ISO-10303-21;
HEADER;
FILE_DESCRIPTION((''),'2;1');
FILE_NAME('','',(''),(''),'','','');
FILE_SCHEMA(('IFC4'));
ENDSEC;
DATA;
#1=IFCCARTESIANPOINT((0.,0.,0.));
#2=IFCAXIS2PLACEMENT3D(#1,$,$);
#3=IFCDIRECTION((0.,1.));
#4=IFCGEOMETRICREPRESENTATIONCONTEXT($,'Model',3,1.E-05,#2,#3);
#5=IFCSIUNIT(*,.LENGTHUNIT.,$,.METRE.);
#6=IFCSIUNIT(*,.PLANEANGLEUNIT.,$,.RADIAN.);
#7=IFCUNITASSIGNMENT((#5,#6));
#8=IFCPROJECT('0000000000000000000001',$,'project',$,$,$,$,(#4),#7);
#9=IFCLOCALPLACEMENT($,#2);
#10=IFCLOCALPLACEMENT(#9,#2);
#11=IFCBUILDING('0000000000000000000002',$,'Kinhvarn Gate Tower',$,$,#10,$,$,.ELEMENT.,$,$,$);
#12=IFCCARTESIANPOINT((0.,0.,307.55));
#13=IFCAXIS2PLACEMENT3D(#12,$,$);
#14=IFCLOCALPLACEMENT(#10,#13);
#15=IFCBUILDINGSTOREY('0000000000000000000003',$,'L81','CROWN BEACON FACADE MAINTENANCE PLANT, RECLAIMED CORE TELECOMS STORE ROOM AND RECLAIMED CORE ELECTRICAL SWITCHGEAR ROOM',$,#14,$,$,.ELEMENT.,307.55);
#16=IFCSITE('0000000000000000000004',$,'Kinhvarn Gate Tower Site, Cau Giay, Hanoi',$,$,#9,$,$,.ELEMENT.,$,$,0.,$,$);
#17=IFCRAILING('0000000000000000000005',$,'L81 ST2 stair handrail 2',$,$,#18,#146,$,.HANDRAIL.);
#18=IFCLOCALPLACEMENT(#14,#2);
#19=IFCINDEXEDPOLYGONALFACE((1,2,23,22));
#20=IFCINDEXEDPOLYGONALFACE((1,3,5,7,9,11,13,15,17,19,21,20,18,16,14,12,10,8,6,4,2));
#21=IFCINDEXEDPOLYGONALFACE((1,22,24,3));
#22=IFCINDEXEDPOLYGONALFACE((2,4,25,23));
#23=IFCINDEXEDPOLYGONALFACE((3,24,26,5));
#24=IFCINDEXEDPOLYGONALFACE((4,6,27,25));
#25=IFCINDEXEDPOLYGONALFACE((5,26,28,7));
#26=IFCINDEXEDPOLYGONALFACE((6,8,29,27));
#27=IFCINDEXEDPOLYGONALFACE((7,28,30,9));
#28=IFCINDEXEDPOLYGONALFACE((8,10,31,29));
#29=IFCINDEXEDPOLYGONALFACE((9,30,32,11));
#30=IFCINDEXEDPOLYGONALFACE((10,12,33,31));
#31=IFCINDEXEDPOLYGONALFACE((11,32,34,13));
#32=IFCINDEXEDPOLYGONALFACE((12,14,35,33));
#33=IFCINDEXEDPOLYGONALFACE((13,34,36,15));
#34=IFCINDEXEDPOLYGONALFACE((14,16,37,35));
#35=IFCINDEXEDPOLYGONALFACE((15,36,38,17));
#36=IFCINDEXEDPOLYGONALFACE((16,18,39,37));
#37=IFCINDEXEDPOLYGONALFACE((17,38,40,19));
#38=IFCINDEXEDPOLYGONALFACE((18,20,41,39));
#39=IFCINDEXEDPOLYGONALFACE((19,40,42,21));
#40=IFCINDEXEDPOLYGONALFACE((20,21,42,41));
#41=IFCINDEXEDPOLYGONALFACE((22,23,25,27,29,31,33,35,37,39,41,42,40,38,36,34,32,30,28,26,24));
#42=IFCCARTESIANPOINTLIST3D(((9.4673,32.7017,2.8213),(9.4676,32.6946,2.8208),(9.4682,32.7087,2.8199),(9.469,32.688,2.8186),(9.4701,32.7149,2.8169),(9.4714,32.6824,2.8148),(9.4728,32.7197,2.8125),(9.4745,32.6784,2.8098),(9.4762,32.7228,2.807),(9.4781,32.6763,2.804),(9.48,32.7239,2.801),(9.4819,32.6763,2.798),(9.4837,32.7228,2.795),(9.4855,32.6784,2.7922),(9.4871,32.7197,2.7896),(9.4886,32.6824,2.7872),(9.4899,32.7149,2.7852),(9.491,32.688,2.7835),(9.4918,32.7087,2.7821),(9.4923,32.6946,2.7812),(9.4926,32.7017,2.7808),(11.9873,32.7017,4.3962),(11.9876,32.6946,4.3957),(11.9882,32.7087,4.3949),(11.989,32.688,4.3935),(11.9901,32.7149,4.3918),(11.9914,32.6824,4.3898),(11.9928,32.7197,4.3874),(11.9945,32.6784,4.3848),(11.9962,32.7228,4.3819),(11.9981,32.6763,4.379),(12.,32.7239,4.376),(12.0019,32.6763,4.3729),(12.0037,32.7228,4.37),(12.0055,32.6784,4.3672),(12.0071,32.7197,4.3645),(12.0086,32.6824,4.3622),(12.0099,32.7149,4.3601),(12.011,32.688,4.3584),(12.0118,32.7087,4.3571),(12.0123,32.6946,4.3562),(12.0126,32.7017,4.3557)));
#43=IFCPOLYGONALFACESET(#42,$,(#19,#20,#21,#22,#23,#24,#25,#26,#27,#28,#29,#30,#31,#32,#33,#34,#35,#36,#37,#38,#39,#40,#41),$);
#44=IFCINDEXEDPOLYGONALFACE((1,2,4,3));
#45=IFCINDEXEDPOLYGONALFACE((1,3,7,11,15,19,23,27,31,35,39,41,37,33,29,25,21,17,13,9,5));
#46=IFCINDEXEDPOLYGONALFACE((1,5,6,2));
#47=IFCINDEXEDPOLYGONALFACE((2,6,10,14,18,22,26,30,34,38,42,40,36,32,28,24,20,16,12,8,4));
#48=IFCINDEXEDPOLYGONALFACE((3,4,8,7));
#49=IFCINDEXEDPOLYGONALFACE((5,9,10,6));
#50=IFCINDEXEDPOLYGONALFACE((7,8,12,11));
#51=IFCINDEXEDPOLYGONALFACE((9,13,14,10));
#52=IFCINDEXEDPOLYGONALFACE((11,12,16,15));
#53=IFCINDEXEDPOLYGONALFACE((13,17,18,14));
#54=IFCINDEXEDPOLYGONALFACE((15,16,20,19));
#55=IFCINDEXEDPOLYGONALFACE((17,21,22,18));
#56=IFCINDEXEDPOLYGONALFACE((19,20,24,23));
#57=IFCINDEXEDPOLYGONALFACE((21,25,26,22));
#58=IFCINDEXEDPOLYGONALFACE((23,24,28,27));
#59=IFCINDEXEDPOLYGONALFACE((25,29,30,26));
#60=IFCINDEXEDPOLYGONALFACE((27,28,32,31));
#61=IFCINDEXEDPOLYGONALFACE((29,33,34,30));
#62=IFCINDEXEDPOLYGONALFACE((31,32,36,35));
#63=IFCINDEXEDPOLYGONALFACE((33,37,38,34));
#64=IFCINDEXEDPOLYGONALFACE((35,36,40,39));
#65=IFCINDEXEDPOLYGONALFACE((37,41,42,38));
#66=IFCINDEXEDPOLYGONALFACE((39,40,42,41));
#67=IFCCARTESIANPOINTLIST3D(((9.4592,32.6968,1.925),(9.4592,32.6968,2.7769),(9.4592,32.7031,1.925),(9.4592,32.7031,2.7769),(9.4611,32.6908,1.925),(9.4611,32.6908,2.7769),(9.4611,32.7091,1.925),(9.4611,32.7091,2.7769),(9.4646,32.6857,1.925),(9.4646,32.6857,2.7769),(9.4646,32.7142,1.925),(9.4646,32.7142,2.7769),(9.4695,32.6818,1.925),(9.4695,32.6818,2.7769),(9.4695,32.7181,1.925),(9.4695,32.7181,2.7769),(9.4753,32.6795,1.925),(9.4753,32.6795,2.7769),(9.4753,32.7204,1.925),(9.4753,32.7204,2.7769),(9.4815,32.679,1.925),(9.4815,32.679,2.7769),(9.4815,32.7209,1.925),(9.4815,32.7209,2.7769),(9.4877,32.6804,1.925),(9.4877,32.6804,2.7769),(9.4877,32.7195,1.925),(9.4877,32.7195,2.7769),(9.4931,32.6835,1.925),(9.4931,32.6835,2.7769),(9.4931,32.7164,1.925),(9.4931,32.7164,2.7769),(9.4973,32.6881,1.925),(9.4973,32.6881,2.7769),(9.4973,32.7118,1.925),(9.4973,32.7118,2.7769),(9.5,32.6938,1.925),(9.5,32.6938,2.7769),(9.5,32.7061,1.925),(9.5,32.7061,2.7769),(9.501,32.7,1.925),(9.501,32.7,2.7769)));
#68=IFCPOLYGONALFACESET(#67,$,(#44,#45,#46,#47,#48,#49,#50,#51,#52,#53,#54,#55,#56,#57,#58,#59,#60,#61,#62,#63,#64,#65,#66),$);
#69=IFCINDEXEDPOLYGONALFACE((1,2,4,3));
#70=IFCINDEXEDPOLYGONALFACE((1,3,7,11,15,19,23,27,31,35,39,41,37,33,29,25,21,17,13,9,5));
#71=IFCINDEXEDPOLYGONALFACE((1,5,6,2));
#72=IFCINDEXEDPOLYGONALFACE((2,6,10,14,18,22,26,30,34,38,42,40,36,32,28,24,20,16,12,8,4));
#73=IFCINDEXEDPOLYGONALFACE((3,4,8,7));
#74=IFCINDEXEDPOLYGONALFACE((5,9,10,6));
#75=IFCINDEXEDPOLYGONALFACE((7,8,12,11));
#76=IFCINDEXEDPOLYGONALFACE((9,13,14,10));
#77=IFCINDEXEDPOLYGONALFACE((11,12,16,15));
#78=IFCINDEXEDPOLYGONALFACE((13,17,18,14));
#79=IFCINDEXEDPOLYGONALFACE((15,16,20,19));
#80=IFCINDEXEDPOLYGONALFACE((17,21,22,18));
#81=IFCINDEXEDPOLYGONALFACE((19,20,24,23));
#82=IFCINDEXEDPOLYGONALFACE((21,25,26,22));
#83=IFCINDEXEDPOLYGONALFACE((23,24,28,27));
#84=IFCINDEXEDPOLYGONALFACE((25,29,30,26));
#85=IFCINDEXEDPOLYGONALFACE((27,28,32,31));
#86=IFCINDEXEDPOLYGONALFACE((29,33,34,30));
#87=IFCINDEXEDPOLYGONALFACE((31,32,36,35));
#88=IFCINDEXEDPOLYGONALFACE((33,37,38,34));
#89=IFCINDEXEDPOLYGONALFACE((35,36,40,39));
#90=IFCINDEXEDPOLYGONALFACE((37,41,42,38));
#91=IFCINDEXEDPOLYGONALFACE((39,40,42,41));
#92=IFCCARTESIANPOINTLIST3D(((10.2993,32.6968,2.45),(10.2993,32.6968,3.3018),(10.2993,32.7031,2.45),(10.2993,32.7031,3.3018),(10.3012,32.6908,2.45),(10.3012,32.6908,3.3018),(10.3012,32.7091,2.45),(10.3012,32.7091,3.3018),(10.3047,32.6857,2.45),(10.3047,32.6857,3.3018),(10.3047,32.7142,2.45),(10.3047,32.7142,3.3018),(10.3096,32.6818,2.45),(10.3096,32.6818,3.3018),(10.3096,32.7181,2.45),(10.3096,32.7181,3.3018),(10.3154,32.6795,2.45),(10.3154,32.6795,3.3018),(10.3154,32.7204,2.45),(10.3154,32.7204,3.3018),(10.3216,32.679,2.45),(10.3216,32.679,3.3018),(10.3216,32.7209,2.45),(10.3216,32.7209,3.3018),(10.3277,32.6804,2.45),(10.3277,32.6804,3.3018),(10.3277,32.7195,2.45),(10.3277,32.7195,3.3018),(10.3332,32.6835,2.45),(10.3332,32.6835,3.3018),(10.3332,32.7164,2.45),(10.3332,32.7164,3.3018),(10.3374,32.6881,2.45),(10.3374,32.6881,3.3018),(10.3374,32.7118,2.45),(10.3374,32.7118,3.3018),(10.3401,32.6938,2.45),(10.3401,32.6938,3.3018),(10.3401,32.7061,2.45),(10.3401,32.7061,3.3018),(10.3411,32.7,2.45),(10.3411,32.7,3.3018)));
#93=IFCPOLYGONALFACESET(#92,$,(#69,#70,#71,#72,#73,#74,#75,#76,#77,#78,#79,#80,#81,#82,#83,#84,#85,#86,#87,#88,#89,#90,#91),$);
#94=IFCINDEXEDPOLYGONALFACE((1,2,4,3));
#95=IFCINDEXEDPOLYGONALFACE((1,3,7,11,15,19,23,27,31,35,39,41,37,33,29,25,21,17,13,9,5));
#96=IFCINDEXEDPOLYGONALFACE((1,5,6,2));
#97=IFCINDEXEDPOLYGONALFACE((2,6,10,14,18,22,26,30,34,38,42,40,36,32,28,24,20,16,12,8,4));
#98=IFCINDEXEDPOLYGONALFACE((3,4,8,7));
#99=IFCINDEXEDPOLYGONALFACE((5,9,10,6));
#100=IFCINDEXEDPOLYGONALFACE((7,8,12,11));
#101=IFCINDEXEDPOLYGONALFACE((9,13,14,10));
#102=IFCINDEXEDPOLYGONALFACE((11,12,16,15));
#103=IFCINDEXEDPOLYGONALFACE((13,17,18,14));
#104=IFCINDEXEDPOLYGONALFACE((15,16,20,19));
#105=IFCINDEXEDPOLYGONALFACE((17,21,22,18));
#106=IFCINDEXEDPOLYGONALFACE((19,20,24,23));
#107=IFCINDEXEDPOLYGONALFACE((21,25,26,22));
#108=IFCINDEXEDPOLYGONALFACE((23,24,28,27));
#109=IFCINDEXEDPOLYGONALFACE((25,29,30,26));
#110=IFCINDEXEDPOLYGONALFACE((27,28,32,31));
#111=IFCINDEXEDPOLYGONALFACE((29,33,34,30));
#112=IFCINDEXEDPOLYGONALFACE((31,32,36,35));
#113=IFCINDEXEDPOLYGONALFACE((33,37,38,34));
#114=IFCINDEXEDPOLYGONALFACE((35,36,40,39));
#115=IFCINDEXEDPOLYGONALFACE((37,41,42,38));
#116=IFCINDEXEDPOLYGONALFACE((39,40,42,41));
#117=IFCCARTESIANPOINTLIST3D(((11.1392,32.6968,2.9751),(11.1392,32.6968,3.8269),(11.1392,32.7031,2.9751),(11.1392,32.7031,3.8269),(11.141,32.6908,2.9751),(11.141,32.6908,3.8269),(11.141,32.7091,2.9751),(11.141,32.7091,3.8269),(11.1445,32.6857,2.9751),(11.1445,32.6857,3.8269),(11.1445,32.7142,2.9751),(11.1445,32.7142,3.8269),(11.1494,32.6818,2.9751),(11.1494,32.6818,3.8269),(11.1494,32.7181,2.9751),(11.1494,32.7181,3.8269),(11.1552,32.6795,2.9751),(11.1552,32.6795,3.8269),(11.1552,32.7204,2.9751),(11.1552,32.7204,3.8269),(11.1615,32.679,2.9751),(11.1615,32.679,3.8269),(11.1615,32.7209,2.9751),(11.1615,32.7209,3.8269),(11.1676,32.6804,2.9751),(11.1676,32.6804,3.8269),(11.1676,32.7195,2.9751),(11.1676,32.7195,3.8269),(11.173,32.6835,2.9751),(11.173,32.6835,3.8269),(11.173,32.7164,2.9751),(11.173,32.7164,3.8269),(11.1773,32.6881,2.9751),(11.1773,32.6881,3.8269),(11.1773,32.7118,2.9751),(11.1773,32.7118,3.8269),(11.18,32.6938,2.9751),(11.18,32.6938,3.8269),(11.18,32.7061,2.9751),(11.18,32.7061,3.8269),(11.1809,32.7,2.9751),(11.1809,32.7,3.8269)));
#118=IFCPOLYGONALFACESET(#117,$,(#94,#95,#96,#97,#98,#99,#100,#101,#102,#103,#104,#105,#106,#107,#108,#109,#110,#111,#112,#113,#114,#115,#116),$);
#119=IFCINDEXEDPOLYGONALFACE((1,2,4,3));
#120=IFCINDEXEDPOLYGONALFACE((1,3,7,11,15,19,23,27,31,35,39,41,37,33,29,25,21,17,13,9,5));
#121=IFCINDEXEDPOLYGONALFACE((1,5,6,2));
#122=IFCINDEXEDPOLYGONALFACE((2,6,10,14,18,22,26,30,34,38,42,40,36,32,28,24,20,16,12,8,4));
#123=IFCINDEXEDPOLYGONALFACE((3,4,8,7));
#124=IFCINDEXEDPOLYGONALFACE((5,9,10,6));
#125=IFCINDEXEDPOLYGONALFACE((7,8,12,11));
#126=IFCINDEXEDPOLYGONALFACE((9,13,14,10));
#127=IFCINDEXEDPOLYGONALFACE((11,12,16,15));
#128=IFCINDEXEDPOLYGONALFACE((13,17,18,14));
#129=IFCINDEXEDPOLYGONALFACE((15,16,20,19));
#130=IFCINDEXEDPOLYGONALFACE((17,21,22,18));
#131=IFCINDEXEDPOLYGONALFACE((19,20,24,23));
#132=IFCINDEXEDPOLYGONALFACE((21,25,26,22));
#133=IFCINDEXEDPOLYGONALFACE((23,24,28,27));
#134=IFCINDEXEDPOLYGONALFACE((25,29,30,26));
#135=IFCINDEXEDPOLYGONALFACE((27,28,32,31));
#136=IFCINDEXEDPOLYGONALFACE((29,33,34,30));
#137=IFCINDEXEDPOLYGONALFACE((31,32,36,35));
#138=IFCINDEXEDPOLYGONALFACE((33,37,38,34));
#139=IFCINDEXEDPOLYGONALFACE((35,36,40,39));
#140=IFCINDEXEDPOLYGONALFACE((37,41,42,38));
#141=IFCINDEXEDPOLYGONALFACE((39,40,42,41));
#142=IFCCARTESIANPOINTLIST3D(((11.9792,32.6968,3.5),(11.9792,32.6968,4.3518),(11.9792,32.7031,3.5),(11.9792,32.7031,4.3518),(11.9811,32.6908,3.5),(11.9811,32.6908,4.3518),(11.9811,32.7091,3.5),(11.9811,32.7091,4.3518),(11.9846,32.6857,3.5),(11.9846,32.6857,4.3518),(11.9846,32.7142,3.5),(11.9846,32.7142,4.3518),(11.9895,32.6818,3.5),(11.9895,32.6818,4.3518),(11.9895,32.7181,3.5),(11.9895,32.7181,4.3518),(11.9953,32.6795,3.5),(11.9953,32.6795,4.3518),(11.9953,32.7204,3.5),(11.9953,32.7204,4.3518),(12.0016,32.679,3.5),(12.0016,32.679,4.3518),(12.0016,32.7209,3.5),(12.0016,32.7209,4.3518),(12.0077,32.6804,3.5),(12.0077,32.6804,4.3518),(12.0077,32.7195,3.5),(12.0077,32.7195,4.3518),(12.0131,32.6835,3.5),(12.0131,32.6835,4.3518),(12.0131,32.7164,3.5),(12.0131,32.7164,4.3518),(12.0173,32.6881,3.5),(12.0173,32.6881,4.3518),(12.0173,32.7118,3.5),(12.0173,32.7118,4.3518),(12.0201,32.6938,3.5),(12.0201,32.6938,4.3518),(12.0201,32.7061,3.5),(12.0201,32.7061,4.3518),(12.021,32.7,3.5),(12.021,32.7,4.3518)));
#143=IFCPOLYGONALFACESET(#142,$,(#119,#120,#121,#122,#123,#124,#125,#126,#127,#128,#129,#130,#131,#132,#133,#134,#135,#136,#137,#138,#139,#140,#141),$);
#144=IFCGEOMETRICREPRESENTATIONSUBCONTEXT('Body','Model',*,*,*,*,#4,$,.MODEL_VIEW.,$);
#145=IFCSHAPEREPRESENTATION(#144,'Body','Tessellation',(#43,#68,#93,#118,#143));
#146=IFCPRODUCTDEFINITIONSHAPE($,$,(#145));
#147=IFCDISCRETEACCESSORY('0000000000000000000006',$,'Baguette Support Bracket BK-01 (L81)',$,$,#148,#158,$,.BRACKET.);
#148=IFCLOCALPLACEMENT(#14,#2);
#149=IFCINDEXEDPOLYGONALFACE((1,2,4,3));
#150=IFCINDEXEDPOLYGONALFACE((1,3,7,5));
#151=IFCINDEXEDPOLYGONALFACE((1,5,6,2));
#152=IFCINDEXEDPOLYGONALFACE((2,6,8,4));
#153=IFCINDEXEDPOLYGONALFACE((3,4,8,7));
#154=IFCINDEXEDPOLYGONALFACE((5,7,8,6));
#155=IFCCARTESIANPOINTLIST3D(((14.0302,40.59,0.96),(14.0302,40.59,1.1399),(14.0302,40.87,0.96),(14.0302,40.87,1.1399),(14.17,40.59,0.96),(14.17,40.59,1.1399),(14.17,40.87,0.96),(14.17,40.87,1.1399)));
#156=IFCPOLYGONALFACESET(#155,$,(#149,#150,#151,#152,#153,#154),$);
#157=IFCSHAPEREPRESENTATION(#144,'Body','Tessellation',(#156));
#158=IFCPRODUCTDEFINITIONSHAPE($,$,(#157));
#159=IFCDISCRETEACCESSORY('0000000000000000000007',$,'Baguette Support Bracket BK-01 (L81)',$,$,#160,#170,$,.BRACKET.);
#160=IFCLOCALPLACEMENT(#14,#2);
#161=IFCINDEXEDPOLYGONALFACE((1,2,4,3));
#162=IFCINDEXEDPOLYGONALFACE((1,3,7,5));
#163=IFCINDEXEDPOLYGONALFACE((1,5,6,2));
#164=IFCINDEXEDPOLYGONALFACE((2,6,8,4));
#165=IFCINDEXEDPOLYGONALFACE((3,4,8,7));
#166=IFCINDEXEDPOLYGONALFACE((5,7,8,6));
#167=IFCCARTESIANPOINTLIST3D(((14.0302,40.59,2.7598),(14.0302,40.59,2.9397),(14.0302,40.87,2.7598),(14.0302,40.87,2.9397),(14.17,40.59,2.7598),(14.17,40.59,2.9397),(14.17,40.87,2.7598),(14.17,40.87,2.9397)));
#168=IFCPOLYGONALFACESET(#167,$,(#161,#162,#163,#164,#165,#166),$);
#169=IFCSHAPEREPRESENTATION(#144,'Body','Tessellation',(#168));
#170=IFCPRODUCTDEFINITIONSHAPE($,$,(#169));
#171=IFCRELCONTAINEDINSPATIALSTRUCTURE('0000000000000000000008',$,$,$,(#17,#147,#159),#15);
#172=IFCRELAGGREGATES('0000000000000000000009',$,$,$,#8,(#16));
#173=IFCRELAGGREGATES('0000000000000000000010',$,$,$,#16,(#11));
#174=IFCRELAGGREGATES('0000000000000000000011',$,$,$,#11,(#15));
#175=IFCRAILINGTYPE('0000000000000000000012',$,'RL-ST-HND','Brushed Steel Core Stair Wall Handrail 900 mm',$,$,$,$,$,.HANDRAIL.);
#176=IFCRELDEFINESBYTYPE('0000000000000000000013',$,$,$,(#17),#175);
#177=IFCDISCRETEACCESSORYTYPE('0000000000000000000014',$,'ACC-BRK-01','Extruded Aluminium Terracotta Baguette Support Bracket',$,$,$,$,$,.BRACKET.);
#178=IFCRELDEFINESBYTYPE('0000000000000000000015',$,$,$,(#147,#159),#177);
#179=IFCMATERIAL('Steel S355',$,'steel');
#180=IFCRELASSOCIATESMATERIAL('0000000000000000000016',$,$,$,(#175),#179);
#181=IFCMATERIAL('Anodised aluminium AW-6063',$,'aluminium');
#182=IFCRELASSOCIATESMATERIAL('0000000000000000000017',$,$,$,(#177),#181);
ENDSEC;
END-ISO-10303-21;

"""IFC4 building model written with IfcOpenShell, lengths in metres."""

from ifc_helpers import new_model, si_unit, direction, frame, origin, origin_2d, place, context, subcontext, project, spatial, rectangle, circle, extrude, material, type_object, element, save


model = new_model("IFC4")

# Units and contexts
model_context = context("Model", 3, precision=1e-05, world=origin(), true_north=direction((0.0, 1.0)))
body_context = subcontext(model_context, "Body", "Model", "MODEL_VIEW")
ifc_project = project(units=[si_unit("LENGTHUNIT", "METRE"), si_unit("PLANEANGLEUNIT", "RADIAN")], contexts=[model_context])

# Site, building, storey
site_placement = place(None, origin())
site = spatial("IfcSite", under=ifc_project, at=site_placement, Name="Kinhvarn Gate Tower Site, Cau Giay, Hanoi", CompositionType="ELEMENT", RefElevation=0.0)
building_placement = place(site_placement, origin())
building = spatial("IfcBuilding", under=site, at=building_placement, Name="Kinhvarn Gate Tower", CompositionType="ELEMENT")
storey_placement = place(building_placement, frame((0.0, 0.0, 307.55)))
storey = spatial("IfcBuildingStorey", under=building, at=storey_placement, Name="L81", Description="CROWN BEACON FACADE MAINTENANCE PLANT, RECLAIMED CORE TELECOMS STORE ROOM AND RECLAIMED CORE ELECTRICAL SWITCHGEAR ROOM", CompositionType="ELEMENT", Elevation=307.55)

# Shared definitions
ifc_material_1 = material(Name="Anodised aluminium AW-6063", Category="aluminium")

# Railing
ifc_material_2 = material(Name="Steel S355", Category="steel")
railing_type_1 = type_object("IfcRailingType", Name="RL-ST-HND", Description="Brushed Steel Core Stair Wall Handrail 900 mm", PredefinedType="HANDRAIL", material=ifc_material_2)
railing_1_placement = place(storey_placement, frame((9.48, 32.7, 1.925)))
element("IfcRailing", 1, at=railing_1_placement, inside=storey, type_object=railing_type_1, Name="L81 ST2 stair handrail 2", PredefinedType="HANDRAIL", context=body_context, shape_type="SweptSolid", body=[
    extrude(circle(Radius=0.0239, at=origin_2d()), frame((0.0, 0.0, 0.876), z_axis=(0.848008, 0.0, 0.529984), x_axis=(0.0, 1.0, 0.0)), (0.0, 0.0, 1.0), 2.9717),
    extrude(circle(Radius=0.021, at=origin_2d()), origin(), (0.0, 0.0, 1.0), 0.8518),
    extrude(circle(Radius=0.021, at=origin_2d()), frame((0.8401, 0.0, 0.5249)), (0.0, 0.0, 1.0), 0.8518),
    extrude(circle(Radius=0.021, at=origin_2d()), frame((1.6799, 0.0, 1.05)), (0.0, 0.0, 1.0), 0.8518),
    extrude(circle(Radius=0.021, at=origin_2d()), frame((2.52, 0.0, 1.575)), (0.0, 0.0, 1.0), 0.8518),
])

# Discrete accessories
discrete_accessory_type = type_object("IfcDiscreteAccessoryType", Name="ACC-BRK-01", Description="Extruded Aluminium Terracotta Baguette Support Bracket", PredefinedType="BRACKET", material=ifc_material_1)
for number, where, z_axis, x_axis, name in (
    (2, (14.1001, 40.73, 0.96), (0.0, 0.0, 1.0), (-1.0, 0.0, 0.0), "Baguette Support Bracket BK-01 (L81)"),
    (3, (14.1001, 40.73, 2.7598), (0.0, 0.0, 1.0), (-1.0, 0.0, 0.0), "Baguette Support Bracket BK-01 (L81)"),
):
    element("IfcDiscreteAccessory", number, at=place(storey_placement, frame(where, z_axis=z_axis, x_axis=x_axis)), inside=storey, type_object=discrete_accessory_type, Name=name, PredefinedType="BRACKET", context=body_context, shape_type="SweptSolid", body=[
        extrude(rectangle(XDim=0.1399, YDim=0.28, at=origin_2d()), origin(), (0.0, 0.0, 1.0), 0.1799),
    ])

save(model, "model.ifc")
